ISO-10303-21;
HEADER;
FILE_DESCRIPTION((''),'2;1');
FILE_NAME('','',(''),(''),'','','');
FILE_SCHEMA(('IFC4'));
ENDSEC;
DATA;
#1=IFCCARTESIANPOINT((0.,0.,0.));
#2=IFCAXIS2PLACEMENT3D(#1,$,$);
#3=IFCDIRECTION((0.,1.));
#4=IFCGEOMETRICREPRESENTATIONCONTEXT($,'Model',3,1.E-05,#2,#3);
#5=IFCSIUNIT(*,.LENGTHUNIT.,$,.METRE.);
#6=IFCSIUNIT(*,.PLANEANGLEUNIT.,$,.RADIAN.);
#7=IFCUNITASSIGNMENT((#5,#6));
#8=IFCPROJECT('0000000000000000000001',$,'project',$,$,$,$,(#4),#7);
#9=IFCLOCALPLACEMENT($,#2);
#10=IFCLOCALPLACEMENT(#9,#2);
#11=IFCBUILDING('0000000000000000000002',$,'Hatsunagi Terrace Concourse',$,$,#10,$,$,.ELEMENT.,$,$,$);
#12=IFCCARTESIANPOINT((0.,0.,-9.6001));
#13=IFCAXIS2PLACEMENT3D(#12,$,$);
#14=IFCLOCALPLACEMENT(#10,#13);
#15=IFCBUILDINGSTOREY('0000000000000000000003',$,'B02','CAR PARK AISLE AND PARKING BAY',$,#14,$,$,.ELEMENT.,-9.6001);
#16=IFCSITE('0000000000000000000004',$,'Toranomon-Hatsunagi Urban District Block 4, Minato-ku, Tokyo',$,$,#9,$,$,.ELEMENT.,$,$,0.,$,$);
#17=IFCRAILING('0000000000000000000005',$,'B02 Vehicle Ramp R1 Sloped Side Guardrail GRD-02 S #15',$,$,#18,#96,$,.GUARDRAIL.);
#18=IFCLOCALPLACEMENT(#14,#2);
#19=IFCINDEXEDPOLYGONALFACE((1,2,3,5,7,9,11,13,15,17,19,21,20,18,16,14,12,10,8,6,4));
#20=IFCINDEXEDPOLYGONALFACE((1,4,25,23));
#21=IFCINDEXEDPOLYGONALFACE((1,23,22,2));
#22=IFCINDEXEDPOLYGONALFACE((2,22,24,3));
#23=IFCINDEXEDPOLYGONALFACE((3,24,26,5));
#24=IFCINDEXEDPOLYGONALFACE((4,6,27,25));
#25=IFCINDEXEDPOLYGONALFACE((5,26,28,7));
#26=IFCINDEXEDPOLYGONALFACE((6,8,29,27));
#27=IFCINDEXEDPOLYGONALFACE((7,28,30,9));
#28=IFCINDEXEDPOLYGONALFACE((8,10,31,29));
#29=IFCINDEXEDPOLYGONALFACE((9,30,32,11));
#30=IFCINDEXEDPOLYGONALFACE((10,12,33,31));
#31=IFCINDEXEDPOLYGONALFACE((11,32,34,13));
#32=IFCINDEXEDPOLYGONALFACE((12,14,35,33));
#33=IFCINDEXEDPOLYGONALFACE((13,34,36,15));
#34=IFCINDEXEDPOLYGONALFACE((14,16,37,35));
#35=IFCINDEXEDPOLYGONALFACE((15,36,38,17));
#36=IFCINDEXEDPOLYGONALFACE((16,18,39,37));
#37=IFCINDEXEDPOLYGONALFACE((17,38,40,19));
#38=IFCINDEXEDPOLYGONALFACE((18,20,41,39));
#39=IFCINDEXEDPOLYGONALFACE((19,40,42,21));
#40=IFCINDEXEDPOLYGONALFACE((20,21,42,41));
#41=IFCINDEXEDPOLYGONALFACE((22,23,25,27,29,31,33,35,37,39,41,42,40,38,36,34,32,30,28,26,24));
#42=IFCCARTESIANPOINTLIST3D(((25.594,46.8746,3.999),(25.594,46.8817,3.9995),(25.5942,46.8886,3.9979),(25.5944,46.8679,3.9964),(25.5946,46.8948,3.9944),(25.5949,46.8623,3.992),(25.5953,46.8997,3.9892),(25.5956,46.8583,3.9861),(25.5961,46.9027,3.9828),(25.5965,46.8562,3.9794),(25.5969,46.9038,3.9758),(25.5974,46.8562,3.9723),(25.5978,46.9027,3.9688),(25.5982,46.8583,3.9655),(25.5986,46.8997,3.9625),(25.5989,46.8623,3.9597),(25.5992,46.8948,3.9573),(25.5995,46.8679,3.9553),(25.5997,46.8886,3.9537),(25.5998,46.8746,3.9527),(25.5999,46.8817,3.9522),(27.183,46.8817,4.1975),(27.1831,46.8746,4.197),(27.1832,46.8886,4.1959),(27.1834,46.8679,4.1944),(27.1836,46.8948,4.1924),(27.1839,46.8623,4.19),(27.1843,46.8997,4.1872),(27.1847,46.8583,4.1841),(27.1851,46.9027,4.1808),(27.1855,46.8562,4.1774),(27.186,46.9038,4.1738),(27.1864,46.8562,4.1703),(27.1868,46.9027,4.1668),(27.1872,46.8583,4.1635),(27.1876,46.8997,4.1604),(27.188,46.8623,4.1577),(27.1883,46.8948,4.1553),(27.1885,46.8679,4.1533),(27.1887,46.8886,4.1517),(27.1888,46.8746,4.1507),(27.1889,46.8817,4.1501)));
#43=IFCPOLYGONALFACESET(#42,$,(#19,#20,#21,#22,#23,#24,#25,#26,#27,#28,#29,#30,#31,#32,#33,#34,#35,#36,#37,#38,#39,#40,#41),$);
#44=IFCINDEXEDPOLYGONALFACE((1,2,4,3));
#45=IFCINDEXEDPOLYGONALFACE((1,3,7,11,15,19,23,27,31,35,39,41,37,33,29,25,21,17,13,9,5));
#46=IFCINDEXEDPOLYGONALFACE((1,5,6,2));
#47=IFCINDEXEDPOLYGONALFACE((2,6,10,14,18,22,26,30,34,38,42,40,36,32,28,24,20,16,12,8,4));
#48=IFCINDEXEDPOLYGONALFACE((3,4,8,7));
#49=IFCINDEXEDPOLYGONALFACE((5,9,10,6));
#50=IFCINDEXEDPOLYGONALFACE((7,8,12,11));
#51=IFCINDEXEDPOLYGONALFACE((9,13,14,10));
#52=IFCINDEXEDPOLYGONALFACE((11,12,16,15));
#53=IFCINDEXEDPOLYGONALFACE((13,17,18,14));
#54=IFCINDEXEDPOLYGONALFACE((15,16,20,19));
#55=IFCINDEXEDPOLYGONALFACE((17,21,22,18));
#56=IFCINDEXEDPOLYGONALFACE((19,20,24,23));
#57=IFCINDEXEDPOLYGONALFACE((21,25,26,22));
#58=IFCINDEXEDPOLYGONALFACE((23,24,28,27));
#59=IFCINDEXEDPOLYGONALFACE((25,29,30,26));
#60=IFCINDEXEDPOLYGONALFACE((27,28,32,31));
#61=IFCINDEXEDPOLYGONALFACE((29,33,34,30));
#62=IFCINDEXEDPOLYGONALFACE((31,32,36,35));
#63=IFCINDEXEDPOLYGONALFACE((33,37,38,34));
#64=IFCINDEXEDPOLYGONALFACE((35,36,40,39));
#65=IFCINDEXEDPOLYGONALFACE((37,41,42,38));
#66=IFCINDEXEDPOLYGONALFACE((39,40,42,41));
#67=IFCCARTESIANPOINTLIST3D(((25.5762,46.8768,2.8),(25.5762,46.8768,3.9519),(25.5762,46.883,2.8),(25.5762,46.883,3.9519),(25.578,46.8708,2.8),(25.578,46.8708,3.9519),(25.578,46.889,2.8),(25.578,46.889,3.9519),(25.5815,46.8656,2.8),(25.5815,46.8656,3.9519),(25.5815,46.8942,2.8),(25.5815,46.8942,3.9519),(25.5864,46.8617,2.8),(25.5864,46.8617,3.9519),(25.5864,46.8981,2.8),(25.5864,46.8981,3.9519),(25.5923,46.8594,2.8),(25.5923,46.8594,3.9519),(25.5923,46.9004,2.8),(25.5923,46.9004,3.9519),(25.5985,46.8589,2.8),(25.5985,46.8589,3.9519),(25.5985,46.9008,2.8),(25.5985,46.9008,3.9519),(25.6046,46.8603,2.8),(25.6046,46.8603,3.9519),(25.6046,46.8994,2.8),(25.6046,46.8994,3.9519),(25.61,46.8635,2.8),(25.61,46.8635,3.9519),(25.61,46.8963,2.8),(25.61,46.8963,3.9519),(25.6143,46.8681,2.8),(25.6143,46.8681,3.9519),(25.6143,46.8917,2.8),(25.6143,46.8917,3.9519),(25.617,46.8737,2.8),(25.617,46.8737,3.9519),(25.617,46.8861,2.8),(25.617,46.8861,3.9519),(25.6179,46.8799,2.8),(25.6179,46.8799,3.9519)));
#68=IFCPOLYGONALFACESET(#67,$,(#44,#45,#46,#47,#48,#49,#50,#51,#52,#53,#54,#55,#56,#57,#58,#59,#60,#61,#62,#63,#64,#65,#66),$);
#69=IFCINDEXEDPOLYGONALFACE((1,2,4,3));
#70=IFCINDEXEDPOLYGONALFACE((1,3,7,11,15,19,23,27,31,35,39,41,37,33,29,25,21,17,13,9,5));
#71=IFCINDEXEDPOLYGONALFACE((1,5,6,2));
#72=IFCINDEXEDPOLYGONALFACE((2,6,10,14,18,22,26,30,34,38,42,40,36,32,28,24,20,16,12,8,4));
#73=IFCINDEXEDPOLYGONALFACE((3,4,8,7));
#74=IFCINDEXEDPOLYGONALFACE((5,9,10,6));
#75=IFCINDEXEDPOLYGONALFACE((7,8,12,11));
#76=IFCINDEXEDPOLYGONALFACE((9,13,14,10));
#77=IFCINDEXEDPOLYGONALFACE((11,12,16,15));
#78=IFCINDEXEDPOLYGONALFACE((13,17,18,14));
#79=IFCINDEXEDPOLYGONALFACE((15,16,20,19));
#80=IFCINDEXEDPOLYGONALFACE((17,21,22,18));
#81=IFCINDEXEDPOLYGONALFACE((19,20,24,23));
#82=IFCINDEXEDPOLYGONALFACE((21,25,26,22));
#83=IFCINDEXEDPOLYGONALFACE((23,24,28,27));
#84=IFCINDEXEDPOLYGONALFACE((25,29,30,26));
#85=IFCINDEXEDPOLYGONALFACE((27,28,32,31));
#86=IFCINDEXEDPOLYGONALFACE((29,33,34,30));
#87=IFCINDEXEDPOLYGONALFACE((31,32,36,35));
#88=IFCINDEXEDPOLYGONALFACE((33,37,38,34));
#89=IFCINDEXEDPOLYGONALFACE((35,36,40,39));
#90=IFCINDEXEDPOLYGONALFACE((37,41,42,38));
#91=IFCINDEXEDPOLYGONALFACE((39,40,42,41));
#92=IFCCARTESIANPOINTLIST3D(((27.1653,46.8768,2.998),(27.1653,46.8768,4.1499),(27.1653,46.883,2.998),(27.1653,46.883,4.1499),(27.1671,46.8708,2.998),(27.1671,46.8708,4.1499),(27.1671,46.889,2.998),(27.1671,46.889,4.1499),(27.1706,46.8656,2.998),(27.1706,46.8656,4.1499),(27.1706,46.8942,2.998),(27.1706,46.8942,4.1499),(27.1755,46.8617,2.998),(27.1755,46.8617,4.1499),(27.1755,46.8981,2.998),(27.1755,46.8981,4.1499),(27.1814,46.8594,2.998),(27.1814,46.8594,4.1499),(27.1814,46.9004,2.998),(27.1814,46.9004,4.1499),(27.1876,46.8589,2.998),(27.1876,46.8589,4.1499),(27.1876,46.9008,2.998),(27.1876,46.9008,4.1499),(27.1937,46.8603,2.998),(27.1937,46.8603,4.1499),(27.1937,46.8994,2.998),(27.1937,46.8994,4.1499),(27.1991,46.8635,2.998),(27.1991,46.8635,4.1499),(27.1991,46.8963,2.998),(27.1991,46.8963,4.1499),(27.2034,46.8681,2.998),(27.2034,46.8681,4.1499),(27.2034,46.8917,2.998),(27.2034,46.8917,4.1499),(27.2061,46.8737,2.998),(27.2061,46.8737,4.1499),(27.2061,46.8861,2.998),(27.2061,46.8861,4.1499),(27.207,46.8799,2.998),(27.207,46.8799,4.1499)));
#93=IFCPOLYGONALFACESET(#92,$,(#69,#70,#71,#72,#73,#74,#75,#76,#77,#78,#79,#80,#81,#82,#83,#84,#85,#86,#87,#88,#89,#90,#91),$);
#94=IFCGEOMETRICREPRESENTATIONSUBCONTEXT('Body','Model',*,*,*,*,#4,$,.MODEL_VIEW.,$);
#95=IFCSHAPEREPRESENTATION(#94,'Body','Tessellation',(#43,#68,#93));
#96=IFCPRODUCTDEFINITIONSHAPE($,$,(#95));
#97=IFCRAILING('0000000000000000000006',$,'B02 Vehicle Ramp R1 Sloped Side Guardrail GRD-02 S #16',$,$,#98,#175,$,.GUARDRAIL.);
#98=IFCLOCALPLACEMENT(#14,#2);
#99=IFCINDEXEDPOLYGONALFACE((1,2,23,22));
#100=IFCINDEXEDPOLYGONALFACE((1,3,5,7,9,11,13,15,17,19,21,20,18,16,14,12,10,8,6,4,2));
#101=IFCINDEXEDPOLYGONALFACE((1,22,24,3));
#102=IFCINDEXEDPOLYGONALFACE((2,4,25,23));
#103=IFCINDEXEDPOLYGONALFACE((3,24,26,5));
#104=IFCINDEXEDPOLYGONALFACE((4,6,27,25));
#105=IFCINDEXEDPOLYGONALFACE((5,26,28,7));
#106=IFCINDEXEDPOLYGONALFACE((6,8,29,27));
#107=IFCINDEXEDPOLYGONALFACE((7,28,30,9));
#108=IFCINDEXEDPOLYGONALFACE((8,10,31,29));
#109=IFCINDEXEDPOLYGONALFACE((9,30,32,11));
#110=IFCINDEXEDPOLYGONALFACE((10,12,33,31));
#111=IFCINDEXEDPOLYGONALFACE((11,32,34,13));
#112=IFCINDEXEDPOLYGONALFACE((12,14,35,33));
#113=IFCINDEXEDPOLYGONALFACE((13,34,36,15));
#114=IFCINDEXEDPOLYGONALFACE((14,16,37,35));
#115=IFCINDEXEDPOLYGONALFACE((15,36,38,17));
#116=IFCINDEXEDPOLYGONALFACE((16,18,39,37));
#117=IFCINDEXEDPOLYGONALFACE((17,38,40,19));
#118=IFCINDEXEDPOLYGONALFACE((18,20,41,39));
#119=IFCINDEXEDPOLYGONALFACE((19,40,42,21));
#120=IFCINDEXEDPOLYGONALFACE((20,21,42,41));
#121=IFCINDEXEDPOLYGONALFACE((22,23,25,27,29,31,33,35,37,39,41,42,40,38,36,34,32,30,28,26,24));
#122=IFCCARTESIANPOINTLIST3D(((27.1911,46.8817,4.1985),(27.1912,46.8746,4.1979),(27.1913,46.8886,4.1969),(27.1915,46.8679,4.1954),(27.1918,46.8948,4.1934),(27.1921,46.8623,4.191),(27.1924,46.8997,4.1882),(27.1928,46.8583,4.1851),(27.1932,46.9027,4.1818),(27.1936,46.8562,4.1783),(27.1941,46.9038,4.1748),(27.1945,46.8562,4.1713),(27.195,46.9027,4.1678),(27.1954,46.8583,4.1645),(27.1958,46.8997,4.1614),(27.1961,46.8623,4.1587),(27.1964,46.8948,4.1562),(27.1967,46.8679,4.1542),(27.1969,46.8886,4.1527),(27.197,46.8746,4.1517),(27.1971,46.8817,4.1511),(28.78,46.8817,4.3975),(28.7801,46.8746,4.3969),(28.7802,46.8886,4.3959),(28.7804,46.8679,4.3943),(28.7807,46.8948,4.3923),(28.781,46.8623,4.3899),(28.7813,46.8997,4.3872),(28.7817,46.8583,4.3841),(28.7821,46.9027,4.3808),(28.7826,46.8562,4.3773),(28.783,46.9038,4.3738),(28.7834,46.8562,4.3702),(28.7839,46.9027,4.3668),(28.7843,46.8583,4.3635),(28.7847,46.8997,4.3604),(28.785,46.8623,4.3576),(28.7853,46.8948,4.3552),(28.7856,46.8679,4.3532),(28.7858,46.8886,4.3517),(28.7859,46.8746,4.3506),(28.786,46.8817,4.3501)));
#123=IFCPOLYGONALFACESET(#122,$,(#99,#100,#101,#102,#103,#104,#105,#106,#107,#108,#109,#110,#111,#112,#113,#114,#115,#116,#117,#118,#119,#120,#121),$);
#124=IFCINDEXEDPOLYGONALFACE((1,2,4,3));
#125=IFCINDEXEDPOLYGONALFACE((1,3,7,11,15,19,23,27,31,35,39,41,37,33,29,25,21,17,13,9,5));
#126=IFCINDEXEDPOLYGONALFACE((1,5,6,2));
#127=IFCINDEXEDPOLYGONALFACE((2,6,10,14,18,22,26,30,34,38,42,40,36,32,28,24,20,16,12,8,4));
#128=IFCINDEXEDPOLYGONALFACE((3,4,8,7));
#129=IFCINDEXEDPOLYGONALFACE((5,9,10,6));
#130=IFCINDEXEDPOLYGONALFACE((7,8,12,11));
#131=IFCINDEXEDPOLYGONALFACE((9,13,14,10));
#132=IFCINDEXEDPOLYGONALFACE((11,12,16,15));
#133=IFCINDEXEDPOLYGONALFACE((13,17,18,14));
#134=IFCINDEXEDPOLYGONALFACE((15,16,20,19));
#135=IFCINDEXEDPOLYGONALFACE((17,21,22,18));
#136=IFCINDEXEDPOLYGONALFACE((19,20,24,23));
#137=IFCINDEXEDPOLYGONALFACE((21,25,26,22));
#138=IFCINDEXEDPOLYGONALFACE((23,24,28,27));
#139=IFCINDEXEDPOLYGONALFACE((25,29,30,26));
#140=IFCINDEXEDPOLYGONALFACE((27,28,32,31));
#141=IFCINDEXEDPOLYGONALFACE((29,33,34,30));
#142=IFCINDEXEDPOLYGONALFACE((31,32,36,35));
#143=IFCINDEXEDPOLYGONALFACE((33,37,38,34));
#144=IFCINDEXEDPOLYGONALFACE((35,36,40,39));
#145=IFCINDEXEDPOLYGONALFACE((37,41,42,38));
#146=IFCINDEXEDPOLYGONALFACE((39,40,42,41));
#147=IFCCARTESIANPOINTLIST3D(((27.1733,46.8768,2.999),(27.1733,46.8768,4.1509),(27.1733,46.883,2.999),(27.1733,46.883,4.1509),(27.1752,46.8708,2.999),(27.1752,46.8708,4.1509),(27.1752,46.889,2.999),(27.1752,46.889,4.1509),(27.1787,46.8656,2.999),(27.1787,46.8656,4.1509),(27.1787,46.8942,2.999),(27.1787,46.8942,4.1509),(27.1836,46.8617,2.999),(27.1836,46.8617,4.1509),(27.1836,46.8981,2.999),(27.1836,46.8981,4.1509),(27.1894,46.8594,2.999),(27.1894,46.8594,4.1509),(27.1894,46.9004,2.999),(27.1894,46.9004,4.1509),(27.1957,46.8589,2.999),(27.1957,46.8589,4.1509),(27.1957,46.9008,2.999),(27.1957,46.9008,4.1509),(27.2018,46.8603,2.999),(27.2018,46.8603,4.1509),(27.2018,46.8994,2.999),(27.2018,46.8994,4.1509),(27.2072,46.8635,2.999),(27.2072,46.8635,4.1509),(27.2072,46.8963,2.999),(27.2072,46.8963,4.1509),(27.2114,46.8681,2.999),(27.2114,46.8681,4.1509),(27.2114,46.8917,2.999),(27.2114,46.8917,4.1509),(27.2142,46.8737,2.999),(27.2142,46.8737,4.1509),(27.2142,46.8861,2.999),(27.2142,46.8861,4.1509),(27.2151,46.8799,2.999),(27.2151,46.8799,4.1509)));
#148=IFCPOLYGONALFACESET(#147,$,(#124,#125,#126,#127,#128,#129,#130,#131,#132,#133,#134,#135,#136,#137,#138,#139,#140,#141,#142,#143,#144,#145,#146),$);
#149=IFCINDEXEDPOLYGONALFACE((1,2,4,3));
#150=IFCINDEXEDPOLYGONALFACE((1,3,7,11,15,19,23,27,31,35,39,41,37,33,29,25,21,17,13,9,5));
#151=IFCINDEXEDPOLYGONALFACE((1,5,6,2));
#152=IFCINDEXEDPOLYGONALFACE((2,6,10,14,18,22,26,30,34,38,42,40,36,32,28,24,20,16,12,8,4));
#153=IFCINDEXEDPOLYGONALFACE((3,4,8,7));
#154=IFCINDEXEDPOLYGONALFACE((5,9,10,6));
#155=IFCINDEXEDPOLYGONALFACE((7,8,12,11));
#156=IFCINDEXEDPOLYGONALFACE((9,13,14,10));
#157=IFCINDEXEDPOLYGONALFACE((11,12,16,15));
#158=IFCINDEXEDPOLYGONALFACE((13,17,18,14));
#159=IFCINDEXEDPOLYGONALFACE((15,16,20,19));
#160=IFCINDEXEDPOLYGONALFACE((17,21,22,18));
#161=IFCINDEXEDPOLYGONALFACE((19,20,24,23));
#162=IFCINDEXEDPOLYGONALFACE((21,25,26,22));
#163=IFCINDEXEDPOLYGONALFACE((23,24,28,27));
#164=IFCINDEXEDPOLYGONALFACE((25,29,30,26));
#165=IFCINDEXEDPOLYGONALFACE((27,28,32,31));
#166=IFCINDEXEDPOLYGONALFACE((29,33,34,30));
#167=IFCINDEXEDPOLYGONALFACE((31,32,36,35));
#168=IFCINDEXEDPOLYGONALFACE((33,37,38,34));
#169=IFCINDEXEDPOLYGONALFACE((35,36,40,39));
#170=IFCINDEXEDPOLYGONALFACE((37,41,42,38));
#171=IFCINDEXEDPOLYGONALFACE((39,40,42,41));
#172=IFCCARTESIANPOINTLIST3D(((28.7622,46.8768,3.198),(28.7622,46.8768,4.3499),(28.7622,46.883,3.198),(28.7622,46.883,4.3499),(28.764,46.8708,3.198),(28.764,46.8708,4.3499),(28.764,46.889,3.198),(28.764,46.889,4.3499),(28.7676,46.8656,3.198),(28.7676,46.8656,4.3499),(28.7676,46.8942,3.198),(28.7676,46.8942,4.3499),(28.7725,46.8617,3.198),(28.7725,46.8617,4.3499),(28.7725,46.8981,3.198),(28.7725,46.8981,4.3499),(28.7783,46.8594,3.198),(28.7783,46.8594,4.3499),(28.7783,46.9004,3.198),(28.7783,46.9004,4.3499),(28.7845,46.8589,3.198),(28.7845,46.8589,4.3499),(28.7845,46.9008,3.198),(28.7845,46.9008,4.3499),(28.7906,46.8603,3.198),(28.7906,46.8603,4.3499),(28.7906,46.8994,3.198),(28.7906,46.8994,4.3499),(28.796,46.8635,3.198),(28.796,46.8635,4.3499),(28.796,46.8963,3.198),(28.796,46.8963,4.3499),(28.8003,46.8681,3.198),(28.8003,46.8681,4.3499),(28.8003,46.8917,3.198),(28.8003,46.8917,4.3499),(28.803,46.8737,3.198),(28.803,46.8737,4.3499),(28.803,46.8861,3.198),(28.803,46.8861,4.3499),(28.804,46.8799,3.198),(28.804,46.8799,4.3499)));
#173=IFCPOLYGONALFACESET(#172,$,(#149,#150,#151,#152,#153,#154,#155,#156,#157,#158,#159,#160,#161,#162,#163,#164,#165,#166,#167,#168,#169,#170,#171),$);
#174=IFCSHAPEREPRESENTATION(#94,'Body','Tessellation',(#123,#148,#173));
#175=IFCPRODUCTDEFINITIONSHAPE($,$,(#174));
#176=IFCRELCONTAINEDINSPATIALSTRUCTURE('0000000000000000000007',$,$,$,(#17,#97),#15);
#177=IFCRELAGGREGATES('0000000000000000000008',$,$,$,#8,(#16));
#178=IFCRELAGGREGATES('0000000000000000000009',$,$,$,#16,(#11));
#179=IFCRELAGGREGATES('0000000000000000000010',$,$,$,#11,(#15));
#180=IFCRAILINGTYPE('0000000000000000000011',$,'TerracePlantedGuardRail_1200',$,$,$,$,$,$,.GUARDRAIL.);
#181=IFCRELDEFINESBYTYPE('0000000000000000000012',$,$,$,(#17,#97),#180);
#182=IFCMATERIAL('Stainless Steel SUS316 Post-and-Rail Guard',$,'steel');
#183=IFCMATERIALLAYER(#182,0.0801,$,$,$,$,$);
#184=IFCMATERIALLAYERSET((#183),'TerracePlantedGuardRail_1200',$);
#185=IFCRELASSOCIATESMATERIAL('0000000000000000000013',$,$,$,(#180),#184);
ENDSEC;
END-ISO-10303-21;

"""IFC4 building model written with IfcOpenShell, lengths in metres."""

from ifc_helpers import new_model, si_unit, direction, frame, origin, origin_2d, place, context, subcontext, project, spatial, circle, extrude, material, layer, layer_set, type_object, element, save


model = new_model("IFC4")

# Units and contexts
model_context = context("Model", 3, precision=1e-05, world=origin(), true_north=direction((0.0, 1.0)))
body_context = subcontext(model_context, "Body", "Model", "MODEL_VIEW")
ifc_project = project(units=[si_unit("LENGTHUNIT", "METRE"), si_unit("PLANEANGLEUNIT", "RADIAN")], contexts=[model_context])

# Site, building, storey
site_placement = place(None, origin())
site = spatial("IfcSite", under=ifc_project, at=site_placement, Name="Toranomon-Hatsunagi Urban District Block 4, Minato-ku, Tokyo", CompositionType="ELEMENT", RefElevation=0.0)
building_placement = place(site_placement, origin())
building = spatial("IfcBuilding", under=site, at=building_placement, Name="Hatsunagi Terrace Concourse", CompositionType="ELEMENT")
storey_placement = place(building_placement, frame((0.0, 0.0, -9.6001)))
storey = spatial("IfcBuildingStorey", under=building, at=storey_placement, Name="B02", Description="CAR PARK AISLE AND PARKING BAY", CompositionType="ELEMENT", Elevation=-9.6001)

# Railings
ifc_material_1 = material(Name="Stainless Steel SUS316 Post-and-Rail Guard", Category="steel")
ifc_layer_1 = layer(ifc_material_1, 0.0801)
ifc_layer_set_1 = layer_set([ifc_layer_1], Name="TerracePlantedGuardRail_1200")
railing_type = type_object("IfcRailingType", Name="TerracePlantedGuardRail_1200", PredefinedType="GUARDRAIL", material=ifc_layer_set_1)
railing_1_placement = place(storey_placement, frame((25.5969, 46.8799, 2.8)))
element("IfcRailing", 1, at=railing_1_placement, inside=storey, type_object=railing_type, Name="B02 Vehicle Ramp R1 Sloped Side Guardrail GRD-02 S #15", PredefinedType="GUARDRAIL", context=body_context, shape_type="SweptSolid", body=[
    extrude(circle(Radius=0.0239, at=origin_2d()), frame((0.0, 0.0, 1.1758), z_axis=(0.992327, 0.0, 0.123641), x_axis=(0.0, 1.0, 0.0)), (0.0, 0.0, 1.0), 1.6013),
    extrude(circle(Radius=0.021, at=origin_2d()), origin(), (0.0, 0.0, 1.0), 1.1519),
    extrude(circle(Radius=0.021, at=origin_2d()), frame((1.5891, 0.0, 0.198)), (0.0, 0.0, 1.0), 1.1519),
])
railing_2_placement = place(storey_placement, frame((27.1941, 46.8799, 2.999)))
element("IfcRailing", 2, at=railing_2_placement, inside=storey, type_object=railing_type, Name="B02 Vehicle Ramp R1 Sloped Side Guardrail GRD-02 S #16", PredefinedType="GUARDRAIL", context=body_context, shape_type="SweptSolid", body=[
    extrude(circle(Radius=0.0239, at=origin_2d()), frame((0.0, 0.0, 1.1758), z_axis=(0.99225, 0.0, 0.12426), x_axis=(0.0, 1.0, 0.0)), (0.0, 0.0, 1.0), 1.6013),
    extrude(circle(Radius=0.021, at=origin_2d()), origin(), (0.0, 0.0, 1.0), 1.1519),
    extrude(circle(Radius=0.021, at=origin_2d()), frame((1.5889, 0.0, 0.199)), (0.0, 0.0, 1.0), 1.1519),
])

save(model, "model.ifc")
